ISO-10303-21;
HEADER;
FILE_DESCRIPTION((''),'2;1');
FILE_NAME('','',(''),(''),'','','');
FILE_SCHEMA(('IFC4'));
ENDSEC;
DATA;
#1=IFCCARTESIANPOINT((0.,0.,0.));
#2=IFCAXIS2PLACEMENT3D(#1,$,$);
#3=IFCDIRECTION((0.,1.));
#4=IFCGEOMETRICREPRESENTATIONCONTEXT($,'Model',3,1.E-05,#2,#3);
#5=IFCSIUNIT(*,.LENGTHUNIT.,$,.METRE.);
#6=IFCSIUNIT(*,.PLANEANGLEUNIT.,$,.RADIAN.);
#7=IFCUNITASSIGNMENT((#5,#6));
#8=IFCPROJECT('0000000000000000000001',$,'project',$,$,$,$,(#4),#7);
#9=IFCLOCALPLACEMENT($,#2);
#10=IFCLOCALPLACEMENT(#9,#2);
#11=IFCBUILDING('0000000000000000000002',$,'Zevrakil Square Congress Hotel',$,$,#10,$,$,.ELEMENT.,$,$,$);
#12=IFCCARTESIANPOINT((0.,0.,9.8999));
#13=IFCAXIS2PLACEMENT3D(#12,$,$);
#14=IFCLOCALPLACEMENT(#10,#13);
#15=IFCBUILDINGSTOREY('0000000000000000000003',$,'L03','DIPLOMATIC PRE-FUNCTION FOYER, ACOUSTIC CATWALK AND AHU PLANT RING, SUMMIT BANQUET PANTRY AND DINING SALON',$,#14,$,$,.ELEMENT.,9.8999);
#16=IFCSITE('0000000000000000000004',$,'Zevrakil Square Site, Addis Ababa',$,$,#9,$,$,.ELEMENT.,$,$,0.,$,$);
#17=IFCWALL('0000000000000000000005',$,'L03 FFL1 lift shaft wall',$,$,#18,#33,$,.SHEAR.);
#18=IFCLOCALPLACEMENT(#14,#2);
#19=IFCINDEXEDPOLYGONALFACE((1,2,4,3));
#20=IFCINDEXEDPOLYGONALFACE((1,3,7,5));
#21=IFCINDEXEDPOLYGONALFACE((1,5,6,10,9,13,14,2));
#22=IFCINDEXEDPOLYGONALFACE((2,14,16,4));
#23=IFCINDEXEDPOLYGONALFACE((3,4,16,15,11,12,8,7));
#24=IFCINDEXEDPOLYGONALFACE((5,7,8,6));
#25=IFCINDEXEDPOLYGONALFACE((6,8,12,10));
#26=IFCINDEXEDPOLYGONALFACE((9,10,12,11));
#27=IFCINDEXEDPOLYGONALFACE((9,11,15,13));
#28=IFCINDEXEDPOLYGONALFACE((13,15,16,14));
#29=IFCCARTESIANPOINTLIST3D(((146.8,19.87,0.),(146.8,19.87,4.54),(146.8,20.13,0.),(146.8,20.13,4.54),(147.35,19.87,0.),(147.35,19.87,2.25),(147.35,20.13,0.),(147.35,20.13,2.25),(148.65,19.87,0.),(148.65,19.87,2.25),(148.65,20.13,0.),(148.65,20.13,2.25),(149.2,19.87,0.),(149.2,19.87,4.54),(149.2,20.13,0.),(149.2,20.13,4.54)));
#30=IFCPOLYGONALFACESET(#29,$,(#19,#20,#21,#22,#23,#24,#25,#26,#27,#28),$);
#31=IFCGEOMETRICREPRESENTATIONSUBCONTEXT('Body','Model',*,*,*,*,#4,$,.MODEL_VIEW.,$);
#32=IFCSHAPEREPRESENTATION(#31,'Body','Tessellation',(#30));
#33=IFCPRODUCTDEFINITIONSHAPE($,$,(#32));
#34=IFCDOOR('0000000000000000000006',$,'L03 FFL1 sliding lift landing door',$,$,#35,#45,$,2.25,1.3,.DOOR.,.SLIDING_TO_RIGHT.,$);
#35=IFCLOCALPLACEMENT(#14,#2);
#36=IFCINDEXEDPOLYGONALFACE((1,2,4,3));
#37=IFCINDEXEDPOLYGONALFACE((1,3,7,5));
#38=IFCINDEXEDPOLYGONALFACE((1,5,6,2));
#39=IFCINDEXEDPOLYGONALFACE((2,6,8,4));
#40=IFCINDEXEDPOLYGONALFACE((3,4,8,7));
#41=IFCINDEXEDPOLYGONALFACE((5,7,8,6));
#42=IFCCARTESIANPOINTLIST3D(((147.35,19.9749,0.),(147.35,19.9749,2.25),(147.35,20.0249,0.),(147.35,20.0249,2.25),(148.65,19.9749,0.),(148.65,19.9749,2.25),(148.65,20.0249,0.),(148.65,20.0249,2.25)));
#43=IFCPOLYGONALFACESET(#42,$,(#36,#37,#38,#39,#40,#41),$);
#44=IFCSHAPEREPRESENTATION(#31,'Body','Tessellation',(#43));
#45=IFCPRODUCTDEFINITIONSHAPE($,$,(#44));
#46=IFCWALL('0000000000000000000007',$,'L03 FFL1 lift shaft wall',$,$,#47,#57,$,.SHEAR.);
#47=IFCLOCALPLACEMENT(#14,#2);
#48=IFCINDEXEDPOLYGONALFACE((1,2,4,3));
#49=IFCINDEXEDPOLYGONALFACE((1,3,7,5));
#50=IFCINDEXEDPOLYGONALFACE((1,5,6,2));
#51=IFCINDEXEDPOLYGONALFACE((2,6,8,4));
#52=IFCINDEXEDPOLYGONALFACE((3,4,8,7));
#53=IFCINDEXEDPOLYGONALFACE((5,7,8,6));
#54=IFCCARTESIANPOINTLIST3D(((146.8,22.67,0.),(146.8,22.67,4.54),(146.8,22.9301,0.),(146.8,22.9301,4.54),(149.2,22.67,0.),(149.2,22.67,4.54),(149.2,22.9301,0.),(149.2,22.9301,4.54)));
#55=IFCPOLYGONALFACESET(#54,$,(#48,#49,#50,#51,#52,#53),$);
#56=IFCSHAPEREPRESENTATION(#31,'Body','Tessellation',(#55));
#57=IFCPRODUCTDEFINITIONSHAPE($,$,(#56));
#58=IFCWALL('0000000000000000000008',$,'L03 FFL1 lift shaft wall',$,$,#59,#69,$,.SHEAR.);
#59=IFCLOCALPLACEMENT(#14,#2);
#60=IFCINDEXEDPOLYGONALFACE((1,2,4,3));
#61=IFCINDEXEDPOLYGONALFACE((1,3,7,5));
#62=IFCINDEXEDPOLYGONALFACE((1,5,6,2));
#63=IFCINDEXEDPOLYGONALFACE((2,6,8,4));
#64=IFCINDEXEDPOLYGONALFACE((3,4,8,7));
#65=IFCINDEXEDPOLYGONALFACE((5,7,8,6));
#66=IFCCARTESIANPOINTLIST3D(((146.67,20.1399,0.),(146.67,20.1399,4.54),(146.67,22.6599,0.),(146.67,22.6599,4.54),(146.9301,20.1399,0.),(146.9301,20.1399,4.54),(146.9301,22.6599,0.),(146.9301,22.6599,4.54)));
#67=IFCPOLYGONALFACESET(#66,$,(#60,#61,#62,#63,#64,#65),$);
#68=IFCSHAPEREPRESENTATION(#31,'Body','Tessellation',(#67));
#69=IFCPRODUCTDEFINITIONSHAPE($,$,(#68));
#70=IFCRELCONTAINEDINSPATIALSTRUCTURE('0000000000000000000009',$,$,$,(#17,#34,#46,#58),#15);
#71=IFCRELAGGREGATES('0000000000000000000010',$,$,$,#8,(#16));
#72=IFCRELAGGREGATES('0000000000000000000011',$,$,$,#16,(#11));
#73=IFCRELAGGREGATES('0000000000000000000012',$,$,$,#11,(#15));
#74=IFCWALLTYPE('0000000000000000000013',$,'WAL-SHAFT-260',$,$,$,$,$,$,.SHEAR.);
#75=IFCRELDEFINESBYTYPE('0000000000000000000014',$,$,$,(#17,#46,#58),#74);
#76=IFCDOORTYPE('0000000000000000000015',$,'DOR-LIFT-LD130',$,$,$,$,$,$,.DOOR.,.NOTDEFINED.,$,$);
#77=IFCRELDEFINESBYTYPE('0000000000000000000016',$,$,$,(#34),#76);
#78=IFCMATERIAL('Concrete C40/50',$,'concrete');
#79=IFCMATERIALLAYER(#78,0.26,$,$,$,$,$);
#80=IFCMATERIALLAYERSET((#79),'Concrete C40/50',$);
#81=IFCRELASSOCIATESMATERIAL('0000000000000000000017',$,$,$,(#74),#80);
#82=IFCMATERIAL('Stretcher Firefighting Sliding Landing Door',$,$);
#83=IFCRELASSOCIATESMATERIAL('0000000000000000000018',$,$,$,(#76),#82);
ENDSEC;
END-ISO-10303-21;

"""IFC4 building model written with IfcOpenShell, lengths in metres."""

from ifc_helpers import new_model, si_unit, direction, frame, frame_2d, origin, place, context, subcontext, project, spatial, rectangle, extrude, material, layer, layer_set, type_object, element, fill, save


model = new_model("IFC4")

# Units and contexts
model_context = context("Model", 3, precision=1e-05, world=origin(), true_north=direction((0.0, 1.0)))
body_context = subcontext(model_context, "Body", "Model", "MODEL_VIEW")
ifc_project = project(units=[si_unit("LENGTHUNIT", "METRE"), si_unit("PLANEANGLEUNIT", "RADIAN")], contexts=[model_context])

# Site, building, storey
site_placement = place(None, origin())
site = spatial("IfcSite", under=ifc_project, at=site_placement, Name="Zevrakil Square Site, Addis Ababa", CompositionType="ELEMENT", RefElevation=0.0)
building_placement = place(site_placement, origin())
building = spatial("IfcBuilding", under=site, at=building_placement, Name="Zevrakil Square Congress Hotel", CompositionType="ELEMENT")
storey_placement = place(building_placement, frame((0.0, 0.0, 9.8999)))
storey = spatial("IfcBuildingStorey", under=building, at=storey_placement, Name="L03", Description="DIPLOMATIC PRE-FUNCTION FOYER, ACOUSTIC CATWALK AND AHU PLANT RING, SUMMIT BANQUET PANTRY AND DINING SALON", CompositionType="ELEMENT", Elevation=9.8999)

# Shared definitions
ifc_material_1 = material(Name="Concrete C40/50", Category="concrete")
ifc_layer_1 = layer(ifc_material_1, 0.26)
ifc_layer_set_1 = layer_set([ifc_layer_1], Name="Concrete C40/50")
wall_type = type_object("IfcWallType", Name="WAL-SHAFT-260", PredefinedType="SHEAR", material=ifc_layer_set_1)

# Wall, opening, door
wall_1_placement = place(storey_placement, frame((146.8, 20.0, 0.0), z_axis=(0.0, 0.0, 1.0), x_axis=(1.0, 0.0, 0.0)))
wall_1 = element("IfcWall", 1, at=wall_1_placement, inside=storey, type_object=wall_type, Name="L03 FFL1 lift shaft wall", PredefinedType="SHEAR", context=body_context, shape_type="SweptSolid", body=[
    extrude(rectangle(XDim=2.3999, YDim=0.26, at=frame_2d((1.2, 0.0))), origin(), (0.0, 0.0, 1.0), 4.54),
])
opening_1_placement = place(wall_1_placement, frame((0.55, 0.0, 0.0)))
opening_1 = element("IfcOpeningElement", 2, at=opening_1_placement, cuts=wall_1, PredefinedType="OPENING", context=body_context, shape_type="SweptSolid", body=[
    extrude(rectangle(XDim=1.3, YDim=2.25, at=frame_2d((0.6499, 1.125))), frame((0.0, 0.1401, 0.0), z_axis=(0.0, -1.0, 0.0), x_axis=(1.0, 0.0, 0.0)), (0.0, 0.0, 1.0), 0.28),
])
ifc_material_2 = material(Name="Stretcher Firefighting Sliding Landing Door")
door_type_1 = type_object("IfcDoorType", Name="DOR-LIFT-LD130", OperationType="NOTDEFINED", PredefinedType="DOOR", material=ifc_material_2)
door_1_placement = place(opening_1_placement, origin())
door_1 = element("IfcDoor", 3, at=door_1_placement, inside=storey, type_object=door_type_1, Name="L03 FFL1 sliding lift landing door", OperationType="SLIDING_TO_RIGHT", OverallHeight=2.25, OverallWidth=1.3, PredefinedType="DOOR", context=body_context, shape_type="SweptSolid", body=[
    extrude(rectangle(XDim=1.3, YDim=2.25, at=frame_2d((0.6499, 1.125))), frame((0.0, 0.0249, 0.0), z_axis=(0.0, -1.0, 0.0), x_axis=(1.0, 0.0, 0.0)), (0.0, 0.0, 1.0), 0.05),
])
fill(opening_1, door_1)

# Walls
wall_2_placement = place(storey_placement, frame((146.8, 22.8, 0.0), z_axis=(0.0, 0.0, 1.0), x_axis=(1.0, 0.0, 0.0)))
element("IfcWall", 4, at=wall_2_placement, inside=storey, type_object=wall_type, Name="L03 FFL1 lift shaft wall", PredefinedType="SHEAR", context=body_context, shape_type="SweptSolid", body=[
    extrude(rectangle(XDim=2.3999, YDim=0.26, at=frame_2d((1.2, 0.0))), origin(), (0.0, 0.0, 1.0), 4.54),
])
wall_3_placement = place(storey_placement, frame((146.8, 20.1399, 0.0), z_axis=(0.0, 0.0, 1.0), x_axis=(0.0, 1.0, 0.0)))
element("IfcWall", 5, at=wall_3_placement, inside=storey, type_object=wall_type, Name="L03 FFL1 lift shaft wall", PredefinedType="SHEAR", context=body_context, shape_type="SweptSolid", body=[
    extrude(rectangle(XDim=2.52, YDim=0.26, at=frame_2d((1.26, 0.0))), origin(), (0.0, 0.0, 1.0), 4.54),
])

save(model, "model.ifc")
